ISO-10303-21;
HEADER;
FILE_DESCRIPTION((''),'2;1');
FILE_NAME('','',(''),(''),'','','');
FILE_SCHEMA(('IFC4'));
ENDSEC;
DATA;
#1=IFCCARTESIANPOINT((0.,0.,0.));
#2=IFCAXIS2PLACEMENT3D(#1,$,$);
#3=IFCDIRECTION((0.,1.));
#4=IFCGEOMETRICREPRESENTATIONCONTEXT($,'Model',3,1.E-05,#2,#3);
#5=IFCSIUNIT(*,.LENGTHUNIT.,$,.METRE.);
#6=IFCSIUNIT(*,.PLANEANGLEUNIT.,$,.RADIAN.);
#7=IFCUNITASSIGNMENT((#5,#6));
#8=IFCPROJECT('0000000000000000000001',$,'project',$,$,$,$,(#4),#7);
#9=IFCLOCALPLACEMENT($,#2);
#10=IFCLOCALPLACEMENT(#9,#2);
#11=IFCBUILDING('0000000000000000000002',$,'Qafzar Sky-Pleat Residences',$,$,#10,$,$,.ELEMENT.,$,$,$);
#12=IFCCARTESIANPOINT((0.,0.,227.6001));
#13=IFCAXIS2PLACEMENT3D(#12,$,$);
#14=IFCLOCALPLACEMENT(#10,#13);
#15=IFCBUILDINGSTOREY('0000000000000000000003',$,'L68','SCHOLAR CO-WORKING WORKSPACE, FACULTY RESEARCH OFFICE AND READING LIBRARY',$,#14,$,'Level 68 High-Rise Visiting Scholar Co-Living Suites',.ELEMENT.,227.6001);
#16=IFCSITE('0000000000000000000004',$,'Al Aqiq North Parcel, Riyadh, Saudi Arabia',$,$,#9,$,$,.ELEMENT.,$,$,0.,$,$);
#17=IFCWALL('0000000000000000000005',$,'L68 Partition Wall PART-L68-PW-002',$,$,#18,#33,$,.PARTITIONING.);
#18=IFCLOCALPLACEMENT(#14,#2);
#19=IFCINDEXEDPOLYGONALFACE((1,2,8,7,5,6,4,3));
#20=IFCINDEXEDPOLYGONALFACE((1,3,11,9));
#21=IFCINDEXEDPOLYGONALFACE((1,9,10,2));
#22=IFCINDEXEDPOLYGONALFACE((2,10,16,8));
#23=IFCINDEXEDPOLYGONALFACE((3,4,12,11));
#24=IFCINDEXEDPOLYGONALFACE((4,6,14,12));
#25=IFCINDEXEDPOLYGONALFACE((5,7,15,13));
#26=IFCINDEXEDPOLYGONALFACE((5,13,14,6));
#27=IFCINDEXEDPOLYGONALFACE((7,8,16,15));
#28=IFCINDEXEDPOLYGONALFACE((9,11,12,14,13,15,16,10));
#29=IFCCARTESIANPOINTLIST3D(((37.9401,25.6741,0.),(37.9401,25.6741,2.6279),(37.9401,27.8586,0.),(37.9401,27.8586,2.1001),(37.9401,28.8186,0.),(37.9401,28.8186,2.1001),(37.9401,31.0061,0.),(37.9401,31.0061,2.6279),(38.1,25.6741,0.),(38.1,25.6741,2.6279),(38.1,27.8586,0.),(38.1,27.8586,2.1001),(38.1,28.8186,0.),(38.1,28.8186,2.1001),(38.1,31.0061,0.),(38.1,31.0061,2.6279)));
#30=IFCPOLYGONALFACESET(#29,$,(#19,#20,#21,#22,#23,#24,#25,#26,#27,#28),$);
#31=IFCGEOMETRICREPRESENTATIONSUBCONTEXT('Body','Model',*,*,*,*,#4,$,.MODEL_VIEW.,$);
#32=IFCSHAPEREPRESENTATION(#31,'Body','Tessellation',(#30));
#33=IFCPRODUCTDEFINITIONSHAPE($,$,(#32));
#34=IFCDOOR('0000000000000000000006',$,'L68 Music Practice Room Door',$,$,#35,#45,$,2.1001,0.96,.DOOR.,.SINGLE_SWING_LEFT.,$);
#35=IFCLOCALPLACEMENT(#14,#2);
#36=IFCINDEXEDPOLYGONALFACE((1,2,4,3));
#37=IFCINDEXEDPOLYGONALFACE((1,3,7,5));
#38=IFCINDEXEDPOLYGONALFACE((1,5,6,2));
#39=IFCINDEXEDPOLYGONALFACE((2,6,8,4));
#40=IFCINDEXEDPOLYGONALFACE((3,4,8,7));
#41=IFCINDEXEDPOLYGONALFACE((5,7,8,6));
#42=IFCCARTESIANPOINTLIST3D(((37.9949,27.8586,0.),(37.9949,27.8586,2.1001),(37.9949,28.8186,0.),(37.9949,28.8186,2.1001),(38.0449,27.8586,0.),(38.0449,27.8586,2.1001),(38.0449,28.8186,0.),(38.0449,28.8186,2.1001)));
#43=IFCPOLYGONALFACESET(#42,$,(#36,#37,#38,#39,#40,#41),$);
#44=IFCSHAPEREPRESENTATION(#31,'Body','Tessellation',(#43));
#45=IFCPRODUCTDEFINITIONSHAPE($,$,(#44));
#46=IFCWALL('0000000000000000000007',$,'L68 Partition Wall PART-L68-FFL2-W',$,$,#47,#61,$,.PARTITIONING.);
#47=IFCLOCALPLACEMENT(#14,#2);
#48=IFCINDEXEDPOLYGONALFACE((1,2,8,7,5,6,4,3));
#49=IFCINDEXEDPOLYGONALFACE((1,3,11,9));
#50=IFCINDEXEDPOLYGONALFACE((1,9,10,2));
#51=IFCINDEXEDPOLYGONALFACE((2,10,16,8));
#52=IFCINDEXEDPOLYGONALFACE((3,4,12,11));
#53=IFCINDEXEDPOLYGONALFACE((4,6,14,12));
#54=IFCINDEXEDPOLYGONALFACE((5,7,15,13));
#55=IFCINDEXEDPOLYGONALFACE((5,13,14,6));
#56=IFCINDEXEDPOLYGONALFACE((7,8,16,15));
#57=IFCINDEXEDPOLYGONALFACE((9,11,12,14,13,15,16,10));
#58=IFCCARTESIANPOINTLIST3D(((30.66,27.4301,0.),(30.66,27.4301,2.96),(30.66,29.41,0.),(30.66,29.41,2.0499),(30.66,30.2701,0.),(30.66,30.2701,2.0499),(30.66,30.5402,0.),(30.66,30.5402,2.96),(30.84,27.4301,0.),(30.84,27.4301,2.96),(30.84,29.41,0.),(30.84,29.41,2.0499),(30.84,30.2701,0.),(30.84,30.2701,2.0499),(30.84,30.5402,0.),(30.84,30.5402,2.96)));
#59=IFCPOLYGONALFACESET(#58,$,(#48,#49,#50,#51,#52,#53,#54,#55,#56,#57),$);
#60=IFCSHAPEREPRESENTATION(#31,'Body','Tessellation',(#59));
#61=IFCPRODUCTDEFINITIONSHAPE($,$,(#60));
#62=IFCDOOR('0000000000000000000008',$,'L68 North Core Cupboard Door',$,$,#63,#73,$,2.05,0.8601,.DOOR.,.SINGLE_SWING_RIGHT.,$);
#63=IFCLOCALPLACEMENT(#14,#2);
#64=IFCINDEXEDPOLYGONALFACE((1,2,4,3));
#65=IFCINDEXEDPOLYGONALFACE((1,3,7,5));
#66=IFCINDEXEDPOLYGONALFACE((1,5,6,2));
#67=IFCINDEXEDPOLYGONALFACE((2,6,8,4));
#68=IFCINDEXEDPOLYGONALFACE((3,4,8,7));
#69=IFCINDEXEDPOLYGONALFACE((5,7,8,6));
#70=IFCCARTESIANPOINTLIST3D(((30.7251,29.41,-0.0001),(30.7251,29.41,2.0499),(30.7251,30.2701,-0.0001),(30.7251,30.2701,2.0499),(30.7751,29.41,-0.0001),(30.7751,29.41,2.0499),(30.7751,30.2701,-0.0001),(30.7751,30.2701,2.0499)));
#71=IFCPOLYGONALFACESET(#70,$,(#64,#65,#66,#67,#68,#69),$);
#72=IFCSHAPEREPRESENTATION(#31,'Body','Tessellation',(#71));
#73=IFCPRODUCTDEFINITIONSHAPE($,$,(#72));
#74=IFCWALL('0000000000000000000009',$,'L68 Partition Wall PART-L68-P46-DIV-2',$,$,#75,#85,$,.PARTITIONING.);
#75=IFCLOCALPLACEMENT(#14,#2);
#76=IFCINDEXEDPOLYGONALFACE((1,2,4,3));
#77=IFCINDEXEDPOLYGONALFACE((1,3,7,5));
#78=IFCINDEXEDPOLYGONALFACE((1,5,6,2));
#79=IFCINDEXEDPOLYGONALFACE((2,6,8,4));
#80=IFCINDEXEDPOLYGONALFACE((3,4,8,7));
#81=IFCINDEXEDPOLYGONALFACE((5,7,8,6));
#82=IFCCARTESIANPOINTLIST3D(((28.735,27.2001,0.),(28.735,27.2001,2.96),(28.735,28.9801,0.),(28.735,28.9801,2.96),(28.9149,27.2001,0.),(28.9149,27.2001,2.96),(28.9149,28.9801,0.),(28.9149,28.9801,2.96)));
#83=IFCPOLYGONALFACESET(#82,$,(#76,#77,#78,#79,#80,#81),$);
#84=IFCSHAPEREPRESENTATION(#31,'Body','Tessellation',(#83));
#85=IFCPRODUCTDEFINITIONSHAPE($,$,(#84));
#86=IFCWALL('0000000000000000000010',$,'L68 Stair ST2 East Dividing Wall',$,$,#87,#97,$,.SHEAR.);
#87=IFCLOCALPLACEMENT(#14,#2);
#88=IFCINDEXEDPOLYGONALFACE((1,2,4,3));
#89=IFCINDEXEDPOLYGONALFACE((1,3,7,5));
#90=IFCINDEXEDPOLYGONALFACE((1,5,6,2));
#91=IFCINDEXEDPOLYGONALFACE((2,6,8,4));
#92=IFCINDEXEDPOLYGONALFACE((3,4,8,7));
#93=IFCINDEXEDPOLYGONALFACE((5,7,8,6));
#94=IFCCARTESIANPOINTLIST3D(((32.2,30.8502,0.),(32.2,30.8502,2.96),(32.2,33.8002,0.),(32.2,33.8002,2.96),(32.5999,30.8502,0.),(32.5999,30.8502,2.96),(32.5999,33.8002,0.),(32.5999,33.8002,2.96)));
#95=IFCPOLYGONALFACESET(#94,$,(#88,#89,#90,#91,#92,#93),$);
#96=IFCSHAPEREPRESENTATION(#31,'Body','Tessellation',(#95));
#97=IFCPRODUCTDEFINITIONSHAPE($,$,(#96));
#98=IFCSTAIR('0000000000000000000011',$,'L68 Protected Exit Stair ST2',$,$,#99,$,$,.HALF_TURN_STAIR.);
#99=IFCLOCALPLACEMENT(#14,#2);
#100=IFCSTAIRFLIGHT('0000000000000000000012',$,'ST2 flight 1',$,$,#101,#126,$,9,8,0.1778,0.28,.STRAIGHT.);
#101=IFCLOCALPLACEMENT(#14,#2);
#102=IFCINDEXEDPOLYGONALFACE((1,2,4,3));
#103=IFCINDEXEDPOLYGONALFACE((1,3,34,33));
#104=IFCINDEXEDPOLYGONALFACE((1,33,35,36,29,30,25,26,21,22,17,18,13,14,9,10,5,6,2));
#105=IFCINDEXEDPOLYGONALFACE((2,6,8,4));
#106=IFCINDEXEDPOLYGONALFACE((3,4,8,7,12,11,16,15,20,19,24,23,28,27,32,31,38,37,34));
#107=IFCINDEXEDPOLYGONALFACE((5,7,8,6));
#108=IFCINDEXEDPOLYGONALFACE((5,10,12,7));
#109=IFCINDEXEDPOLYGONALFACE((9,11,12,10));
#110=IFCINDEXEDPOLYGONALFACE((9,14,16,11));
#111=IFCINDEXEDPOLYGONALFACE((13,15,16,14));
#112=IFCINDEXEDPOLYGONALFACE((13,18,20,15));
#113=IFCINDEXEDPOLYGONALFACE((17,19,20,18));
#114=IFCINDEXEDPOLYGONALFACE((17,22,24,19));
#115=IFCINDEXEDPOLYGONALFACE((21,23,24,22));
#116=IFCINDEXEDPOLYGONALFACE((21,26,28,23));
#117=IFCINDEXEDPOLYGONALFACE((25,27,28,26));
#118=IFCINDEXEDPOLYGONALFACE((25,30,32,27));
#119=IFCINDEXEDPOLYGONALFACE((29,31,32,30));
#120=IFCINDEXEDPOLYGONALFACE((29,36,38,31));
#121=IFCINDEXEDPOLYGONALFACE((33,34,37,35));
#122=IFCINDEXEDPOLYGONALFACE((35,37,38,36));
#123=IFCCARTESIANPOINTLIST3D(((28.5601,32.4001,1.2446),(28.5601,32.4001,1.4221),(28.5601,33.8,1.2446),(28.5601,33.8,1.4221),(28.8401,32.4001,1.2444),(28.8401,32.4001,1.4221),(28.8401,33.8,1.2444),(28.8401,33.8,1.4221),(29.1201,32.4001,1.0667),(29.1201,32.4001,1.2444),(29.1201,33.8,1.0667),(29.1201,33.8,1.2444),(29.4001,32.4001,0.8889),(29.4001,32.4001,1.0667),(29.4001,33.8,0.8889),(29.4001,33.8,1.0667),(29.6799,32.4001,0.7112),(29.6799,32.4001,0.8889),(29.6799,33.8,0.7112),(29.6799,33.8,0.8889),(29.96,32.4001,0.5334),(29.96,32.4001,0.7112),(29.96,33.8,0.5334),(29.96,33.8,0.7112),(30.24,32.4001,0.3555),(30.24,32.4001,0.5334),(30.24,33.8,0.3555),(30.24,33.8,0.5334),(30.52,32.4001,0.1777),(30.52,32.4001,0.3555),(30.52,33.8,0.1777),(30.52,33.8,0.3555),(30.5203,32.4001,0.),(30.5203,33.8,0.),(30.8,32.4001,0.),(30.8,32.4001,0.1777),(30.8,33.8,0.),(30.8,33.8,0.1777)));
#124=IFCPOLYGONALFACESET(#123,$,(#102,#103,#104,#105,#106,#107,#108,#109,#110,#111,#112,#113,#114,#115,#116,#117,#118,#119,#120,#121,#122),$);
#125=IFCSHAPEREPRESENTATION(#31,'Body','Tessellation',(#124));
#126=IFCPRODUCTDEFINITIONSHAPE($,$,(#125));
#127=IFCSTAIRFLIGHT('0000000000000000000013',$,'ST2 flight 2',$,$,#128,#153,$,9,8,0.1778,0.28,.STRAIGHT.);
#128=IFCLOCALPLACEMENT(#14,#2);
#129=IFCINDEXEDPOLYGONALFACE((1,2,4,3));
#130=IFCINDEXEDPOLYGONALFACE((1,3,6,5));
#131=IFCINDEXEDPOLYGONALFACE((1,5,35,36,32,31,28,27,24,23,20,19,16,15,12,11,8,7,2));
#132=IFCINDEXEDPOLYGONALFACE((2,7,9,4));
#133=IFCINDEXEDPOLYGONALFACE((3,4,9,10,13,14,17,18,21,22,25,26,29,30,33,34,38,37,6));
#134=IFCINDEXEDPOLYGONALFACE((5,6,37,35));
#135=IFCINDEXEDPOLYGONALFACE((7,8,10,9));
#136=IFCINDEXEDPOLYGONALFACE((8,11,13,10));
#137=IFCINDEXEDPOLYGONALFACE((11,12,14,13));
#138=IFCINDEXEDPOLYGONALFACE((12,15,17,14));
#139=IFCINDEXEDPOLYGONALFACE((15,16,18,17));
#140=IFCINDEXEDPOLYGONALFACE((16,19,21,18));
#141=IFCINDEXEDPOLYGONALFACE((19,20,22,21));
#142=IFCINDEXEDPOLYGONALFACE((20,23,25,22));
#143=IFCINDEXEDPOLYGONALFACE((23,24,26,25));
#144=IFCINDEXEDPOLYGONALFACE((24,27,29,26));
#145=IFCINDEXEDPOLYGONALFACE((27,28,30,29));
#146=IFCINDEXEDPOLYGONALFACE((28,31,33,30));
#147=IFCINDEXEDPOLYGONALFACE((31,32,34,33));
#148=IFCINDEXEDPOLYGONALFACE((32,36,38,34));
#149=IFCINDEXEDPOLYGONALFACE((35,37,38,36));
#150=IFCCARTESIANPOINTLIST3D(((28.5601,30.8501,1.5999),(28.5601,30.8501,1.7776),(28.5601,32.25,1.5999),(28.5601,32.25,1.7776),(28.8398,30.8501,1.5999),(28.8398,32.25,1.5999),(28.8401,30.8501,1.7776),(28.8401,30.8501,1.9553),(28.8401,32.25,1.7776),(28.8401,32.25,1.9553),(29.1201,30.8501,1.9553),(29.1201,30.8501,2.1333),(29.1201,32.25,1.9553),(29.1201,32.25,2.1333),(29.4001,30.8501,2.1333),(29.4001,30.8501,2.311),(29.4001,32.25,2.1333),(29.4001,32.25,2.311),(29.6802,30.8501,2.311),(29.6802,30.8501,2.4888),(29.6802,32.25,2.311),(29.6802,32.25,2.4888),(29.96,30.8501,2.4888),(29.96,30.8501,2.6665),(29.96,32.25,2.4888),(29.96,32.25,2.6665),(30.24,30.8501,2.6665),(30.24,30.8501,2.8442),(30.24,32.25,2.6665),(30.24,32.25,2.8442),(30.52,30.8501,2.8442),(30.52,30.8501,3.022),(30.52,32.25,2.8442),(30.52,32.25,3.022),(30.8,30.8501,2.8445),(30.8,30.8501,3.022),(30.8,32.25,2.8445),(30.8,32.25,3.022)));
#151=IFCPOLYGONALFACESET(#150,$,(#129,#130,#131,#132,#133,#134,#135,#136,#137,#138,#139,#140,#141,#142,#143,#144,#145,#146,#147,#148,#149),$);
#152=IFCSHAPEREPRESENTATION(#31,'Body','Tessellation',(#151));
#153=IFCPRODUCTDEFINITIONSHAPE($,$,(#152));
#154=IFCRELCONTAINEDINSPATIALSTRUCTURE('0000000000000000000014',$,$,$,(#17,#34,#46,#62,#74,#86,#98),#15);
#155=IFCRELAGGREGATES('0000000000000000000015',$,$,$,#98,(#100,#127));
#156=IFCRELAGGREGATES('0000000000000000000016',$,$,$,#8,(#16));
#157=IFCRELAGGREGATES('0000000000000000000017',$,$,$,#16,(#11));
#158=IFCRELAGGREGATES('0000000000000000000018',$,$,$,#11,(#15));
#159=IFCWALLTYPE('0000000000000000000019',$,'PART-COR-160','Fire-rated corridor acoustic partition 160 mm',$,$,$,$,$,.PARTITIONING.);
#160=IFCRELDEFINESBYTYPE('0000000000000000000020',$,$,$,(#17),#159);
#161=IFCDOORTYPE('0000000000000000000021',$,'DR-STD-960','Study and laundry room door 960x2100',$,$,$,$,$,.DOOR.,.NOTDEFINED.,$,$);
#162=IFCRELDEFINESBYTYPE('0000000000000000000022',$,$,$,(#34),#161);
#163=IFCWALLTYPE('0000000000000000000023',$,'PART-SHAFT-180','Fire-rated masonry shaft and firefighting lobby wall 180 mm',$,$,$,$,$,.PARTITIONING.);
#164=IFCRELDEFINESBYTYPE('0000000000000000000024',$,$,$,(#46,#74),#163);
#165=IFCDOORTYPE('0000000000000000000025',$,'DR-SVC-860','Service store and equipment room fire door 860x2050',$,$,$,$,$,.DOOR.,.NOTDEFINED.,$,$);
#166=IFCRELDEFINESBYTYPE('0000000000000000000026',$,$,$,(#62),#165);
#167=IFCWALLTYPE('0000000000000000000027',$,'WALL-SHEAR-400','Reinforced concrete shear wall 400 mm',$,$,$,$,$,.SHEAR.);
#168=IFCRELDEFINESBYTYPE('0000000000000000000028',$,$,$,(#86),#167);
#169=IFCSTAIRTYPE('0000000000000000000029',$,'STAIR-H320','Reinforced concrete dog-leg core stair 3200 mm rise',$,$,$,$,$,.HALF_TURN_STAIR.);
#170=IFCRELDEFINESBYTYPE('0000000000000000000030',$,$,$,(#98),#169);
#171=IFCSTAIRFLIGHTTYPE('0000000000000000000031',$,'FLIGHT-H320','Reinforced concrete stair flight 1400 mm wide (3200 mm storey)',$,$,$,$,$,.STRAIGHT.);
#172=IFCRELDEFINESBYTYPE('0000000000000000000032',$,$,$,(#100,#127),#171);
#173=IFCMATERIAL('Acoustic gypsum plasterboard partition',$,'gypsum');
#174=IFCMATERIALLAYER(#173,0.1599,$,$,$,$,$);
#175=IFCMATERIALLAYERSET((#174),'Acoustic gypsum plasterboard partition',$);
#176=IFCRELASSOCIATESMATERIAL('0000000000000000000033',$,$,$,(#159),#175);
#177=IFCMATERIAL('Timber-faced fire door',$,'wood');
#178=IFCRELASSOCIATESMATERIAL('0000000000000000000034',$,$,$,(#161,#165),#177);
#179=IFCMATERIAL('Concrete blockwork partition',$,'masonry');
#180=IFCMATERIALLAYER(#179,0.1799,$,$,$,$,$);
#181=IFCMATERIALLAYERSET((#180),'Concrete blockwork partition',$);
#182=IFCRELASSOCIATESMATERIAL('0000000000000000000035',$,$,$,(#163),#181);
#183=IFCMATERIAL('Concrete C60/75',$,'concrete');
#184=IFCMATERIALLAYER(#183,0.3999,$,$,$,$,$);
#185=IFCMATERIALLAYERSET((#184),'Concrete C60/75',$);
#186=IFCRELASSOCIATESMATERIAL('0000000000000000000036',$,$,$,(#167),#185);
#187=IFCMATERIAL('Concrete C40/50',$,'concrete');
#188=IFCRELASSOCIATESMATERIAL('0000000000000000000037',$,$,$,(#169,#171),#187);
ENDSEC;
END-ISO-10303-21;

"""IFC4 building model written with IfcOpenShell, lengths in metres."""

from ifc_helpers import new_model, si_unit, direction, frame, frame_2d, origin, place, context, subcontext, project, spatial, polyline, rectangle, outline, extrude, source, transform, mapped, material, layer, layer_set, type_object, element, fill, aggregate, save


model = new_model("IFC4")

# Units and contexts
model_context = context("Model", 3, precision=1e-05, world=origin(), true_north=direction((0.0, 1.0)))
body_context = subcontext(model_context, "Body", "Model", "MODEL_VIEW")
ifc_project = project(units=[si_unit("LENGTHUNIT", "METRE"), si_unit("PLANEANGLEUNIT", "RADIAN")], contexts=[model_context])

# Site, building, storey
site_placement = place(None, origin())
site = spatial("IfcSite", under=ifc_project, at=site_placement, Name="Al Aqiq North Parcel, Riyadh, Saudi Arabia", CompositionType="ELEMENT", RefElevation=0.0)
building_placement = place(site_placement, origin())
building = spatial("IfcBuilding", under=site, at=building_placement, Name="Qafzar Sky-Pleat Residences", CompositionType="ELEMENT")
storey_placement = place(building_placement, frame((0.0, 0.0, 227.6001)))
storey = spatial("IfcBuildingStorey", under=building, at=storey_placement, Name="L68", Description="SCHOLAR CO-WORKING WORKSPACE, FACULTY RESEARCH OFFICE AND READING LIBRARY", LongName="Level 68 High-Rise Visiting Scholar Co-Living Suites", CompositionType="ELEMENT", Elevation=227.6001)

# Walls, openings, doors
ifc_material_1 = material(Name="Acoustic gypsum plasterboard partition", Category="gypsum")
ifc_layer_1 = layer(ifc_material_1, 0.1599)
ifc_layer_set_1 = layer_set([ifc_layer_1], Name="Acoustic gypsum plasterboard partition")
wall_type_1 = type_object("IfcWallType", Name="PART-COR-160", Description="Fire-rated corridor acoustic partition 160 mm", PredefinedType="PARTITIONING", material=ifc_layer_set_1)
wall_1_placement = place(storey_placement, frame((38.02, 31.0061, 0.0), z_axis=(0.0, 0.0, 1.0), x_axis=(0.0, -1.0, 0.0)))
wall_1 = element("IfcWall", 1, at=wall_1_placement, inside=storey, type_object=wall_type_1, Name="L68 Partition Wall PART-L68-PW-002", PredefinedType="PARTITIONING", context=body_context, shape_type="SweptSolid", body=[
    extrude(rectangle(XDim=5.332, YDim=0.1599, at=frame_2d((2.666, 0.0))), origin(), (0.0, 0.0, 1.0), 2.6279),
])
opening_1_placement = place(wall_1_placement, frame((2.1875, 0.0, 0.0)))
opening_1 = element("IfcOpeningElement", 2, at=opening_1_placement, cuts=wall_1, PredefinedType="OPENING", context=body_context, shape_type="SweptSolid", body=[
    extrude(rectangle(XDim=0.96, YDim=2.1001, at=frame_2d((0.48, 1.05))), frame((0.0, 0.0898, 0.0), z_axis=(0.0, -1.0, 0.0), x_axis=(1.0, 0.0, 0.0)), (0.0, 0.0, 1.0), 0.1799),
])
ifc_material_2 = material(Name="Timber-faced fire door", Category="wood")
door_type_1 = type_object("IfcDoorType", Name="DR-STD-960", Description="Study and laundry room door 960x2100", OperationType="NOTDEFINED", PredefinedType="DOOR", material=ifc_material_2)
shared_shape_1 = source(origin(), body_context, "Body", "SweptSolid", [
    extrude(rectangle(XDim=0.96, YDim=2.1001, at=frame_2d((0.48, 1.05))), frame((0.0, 0.0249, 0.0), z_axis=(0.0, -1.0, 0.0), x_axis=(1.0, 0.0, 0.0)), (0.0, 0.0, 1.0), 0.05),
])
door_1_placement = place(opening_1_placement, origin())
door_1 = element("IfcDoor", 3, at=door_1_placement, inside=storey, type_object=door_type_1, Name="L68 Music Practice Room Door", OperationType="SINGLE_SWING_LEFT", OverallHeight=2.1001, OverallWidth=0.96, PredefinedType="DOOR", context=body_context, shape_type="MappedRepresentation", body=[
    mapped(shared_shape_1, transform((0.0, 0.0, 0.0), x_axis=(1.0, 0.0, 0.0), y_axis=(0.0, 1.0, 0.0), z_axis=(0.0, 0.0, 1.0), scale=1.0)),
])
fill(opening_1, door_1)
ifc_material_3 = material(Name="Concrete blockwork partition", Category="masonry")
ifc_layer_2 = layer(ifc_material_3, 0.1799)
ifc_layer_set_2 = layer_set([ifc_layer_2], Name="Concrete blockwork partition")
wall_type_2 = type_object("IfcWallType", Name="PART-SHAFT-180", Description="Fire-rated masonry shaft and firefighting lobby wall 180 mm", PredefinedType="PARTITIONING", material=ifc_layer_set_2)
wall_2_placement = place(storey_placement, frame((30.75, 27.4299, 0.0), z_axis=(0.0, 0.0, 1.0), x_axis=(0.0, 1.0, 0.0)))
wall_2 = element("IfcWall", 4, at=wall_2_placement, inside=storey, type_object=wall_type_2, Name="L68 Partition Wall PART-L68-FFL2-W", PredefinedType="PARTITIONING", context=body_context, shape_type="SweptSolid", body=[
    extrude(rectangle(XDim=3.1101, YDim=0.1799, at=frame_2d((1.5552, 0.0))), origin(), (0.0, 0.0, 1.0), 2.96),
])
opening_2_placement = place(wall_2_placement, frame((1.98, 0.0, 0.0)))
opening_2 = element("IfcOpeningElement", 5, at=opening_2_placement, cuts=wall_2, PredefinedType="OPENING", context=body_context, shape_type="SweptSolid", body=[
    extrude(rectangle(XDim=0.8601, YDim=2.05, at=frame_2d((0.4302, 1.0249))), frame((0.0, 0.1001, 0.0), z_axis=(0.0, -1.0, 0.0), x_axis=(1.0, 0.0, 0.0)), (0.0, 0.0, 1.0), 0.2),
])
door_type_2 = type_object("IfcDoorType", Name="DR-SVC-860", Description="Service store and equipment room fire door 860x2050", OperationType="NOTDEFINED", PredefinedType="DOOR", material=ifc_material_2)
shared_shape_2 = source(origin(), body_context, "Body", "SweptSolid", [
    extrude(rectangle(XDim=0.8601, YDim=2.05, at=frame_2d((0.4302, 1.0249))), frame((0.0, 0.0249, 0.0), z_axis=(0.0, -1.0, 0.0), x_axis=(1.0, 0.0, 0.0)), (0.0, 0.0, 1.0), 0.05),
])
door_2_placement = place(opening_2_placement, origin())
door_2 = element("IfcDoor", 6, at=door_2_placement, inside=storey, type_object=door_type_2, Name="L68 North Core Cupboard Door", OperationType="SINGLE_SWING_RIGHT", OverallHeight=2.05, OverallWidth=0.8601, PredefinedType="DOOR", context=body_context, shape_type="MappedRepresentation", body=[
    mapped(shared_shape_2, transform((0.0, 0.0, 0.0), x_axis=(1.0, 0.0, 0.0), y_axis=(0.0, 1.0, 0.0), z_axis=(0.0, 0.0, 1.0), scale=1.0)),
])
fill(opening_2, door_2)

# Walls
wall_3_placement = place(storey_placement, frame((28.825, 27.2, 0.0), z_axis=(0.0, 0.0, 1.0), x_axis=(0.0, 1.0, 0.0)))
element("IfcWall", 7, at=wall_3_placement, inside=storey, type_object=wall_type_2, Name="L68 Partition Wall PART-L68-P46-DIV-2", PredefinedType="PARTITIONING", context=body_context, shape_type="SweptSolid", body=[
    extrude(rectangle(XDim=1.78, YDim=0.1799, at=frame_2d((0.8901, 0.0))), origin(), (0.0, 0.0, 1.0), 2.96),
])
ifc_material_4 = material(Name="Concrete C60/75", Category="concrete")
ifc_layer_3 = layer(ifc_material_4, 0.3999)
ifc_layer_set_3 = layer_set([ifc_layer_3], Name="Concrete C60/75")
wall_type_3 = type_object("IfcWallType", Name="WALL-SHEAR-400", Description="Reinforced concrete shear wall 400 mm", PredefinedType="SHEAR", material=ifc_layer_set_3)
wall_4_placement = place(storey_placement, frame((32.3999, 30.8501, 0.0), z_axis=(0.0, 0.0, 1.0), x_axis=(0.0, 1.0, 0.0)))
element("IfcWall", 8, at=wall_4_placement, inside=storey, type_object=wall_type_3, Name="L68 Stair ST2 East Dividing Wall", PredefinedType="SHEAR", context=body_context, shape_type="SweptSolid", body=[
    extrude(rectangle(XDim=2.95, YDim=0.3999, at=frame_2d((1.4751, 0.0))), origin(), (0.0, 0.0, 1.0), 2.96),
])

# Stair, stair flights
ifc_material_5 = material(Name="Concrete C40/50", Category="concrete")
stair_type = type_object("IfcStairType", Name="STAIR-H320", Description="Reinforced concrete dog-leg core stair 3200 mm rise", PredefinedType="HALF_TURN_STAIR", material=ifc_material_5)
stair_placement = place(storey_placement, origin())
stair = element("IfcStair", 9, at=stair_placement, inside=storey, type_object=stair_type, Name="L68 Protected Exit Stair ST2", PredefinedType="HALF_TURN_STAIR")
stair_flight_type = type_object("IfcStairFlightType", Name="FLIGHT-H320", Description="Reinforced concrete stair flight 1400 mm wide (3200 mm storey)", PredefinedType="STRAIGHT", material=ifc_material_5)
shared_shape_3 = source(origin(), body_context, "Body", "SweptSolid", [
    extrude(outline(polyline([(0.0, 0.0), (0.0, 0.1777), (0.28, 0.1777), (0.28, 0.3555), (0.5601, 0.3555), (0.5601, 0.5334), (0.8401, 0.5334), (0.8401, 0.7112), (1.1201, 0.7112), (1.1201, 0.8889), (1.3999, 0.8889), (1.3999, 1.0667), (1.6799, 1.0667), (1.6799, 1.2444), (1.96, 1.2444), (1.96, 1.4221), (2.24, 1.4221), (2.24, 1.6001), (2.24, 1.2446), (0.2798, 0.0), (0.0, 0.0)])), frame((0.0, 0.7, 0.0), z_axis=(0.0, -1.0, 0.0), x_axis=(1.0, 0.0, 0.0)), (0.0, 0.0, 1.0), 1.3999),
])
stair_flight_1_placement = place(storey_placement, frame((30.8, 33.1001, 0.0), z_axis=(0.0, 0.0, 1.0), x_axis=(-1.0, 0.0, 0.0)))
stair_flight_1 = element("IfcStairFlight", 10, at=stair_flight_1_placement, type_object=stair_flight_type, Name="ST2 flight 1", NumberOfRisers=9, NumberOfTreads=8, PredefinedType="STRAIGHT", RiserHeight=0.1778, TreadLength=0.28, context=body_context, shape_type="MappedRepresentation", body=[
    mapped(shared_shape_3, transform((0.0, 0.0, 0.0), x_axis=(1.0, 0.0, 0.0), y_axis=(0.0, 1.0, 0.0), z_axis=(0.0, 0.0, 1.0), scale=1.0)),
])
stair_flight_2_placement = place(storey_placement, frame((28.5601, 31.55, 1.5999), z_axis=(0.0, 0.0, 1.0), x_axis=(1.0, 0.0, 0.0)))
stair_flight_2 = element("IfcStairFlight", 11, at=stair_flight_2_placement, type_object=stair_flight_type, Name="ST2 flight 2", NumberOfRisers=9, NumberOfTreads=8, PredefinedType="STRAIGHT", RiserHeight=0.1778, TreadLength=0.28, context=body_context, shape_type="MappedRepresentation", body=[
    mapped(shared_shape_3, transform((0.0, 0.0, 0.0), x_axis=(1.0, 0.0, 0.0), y_axis=(0.0, 1.0, 0.0), z_axis=(0.0, 0.0, 1.0), scale=1.0)),
])
aggregate(stair, [stair_flight_1, stair_flight_2])

save(model, "model.ifc")
